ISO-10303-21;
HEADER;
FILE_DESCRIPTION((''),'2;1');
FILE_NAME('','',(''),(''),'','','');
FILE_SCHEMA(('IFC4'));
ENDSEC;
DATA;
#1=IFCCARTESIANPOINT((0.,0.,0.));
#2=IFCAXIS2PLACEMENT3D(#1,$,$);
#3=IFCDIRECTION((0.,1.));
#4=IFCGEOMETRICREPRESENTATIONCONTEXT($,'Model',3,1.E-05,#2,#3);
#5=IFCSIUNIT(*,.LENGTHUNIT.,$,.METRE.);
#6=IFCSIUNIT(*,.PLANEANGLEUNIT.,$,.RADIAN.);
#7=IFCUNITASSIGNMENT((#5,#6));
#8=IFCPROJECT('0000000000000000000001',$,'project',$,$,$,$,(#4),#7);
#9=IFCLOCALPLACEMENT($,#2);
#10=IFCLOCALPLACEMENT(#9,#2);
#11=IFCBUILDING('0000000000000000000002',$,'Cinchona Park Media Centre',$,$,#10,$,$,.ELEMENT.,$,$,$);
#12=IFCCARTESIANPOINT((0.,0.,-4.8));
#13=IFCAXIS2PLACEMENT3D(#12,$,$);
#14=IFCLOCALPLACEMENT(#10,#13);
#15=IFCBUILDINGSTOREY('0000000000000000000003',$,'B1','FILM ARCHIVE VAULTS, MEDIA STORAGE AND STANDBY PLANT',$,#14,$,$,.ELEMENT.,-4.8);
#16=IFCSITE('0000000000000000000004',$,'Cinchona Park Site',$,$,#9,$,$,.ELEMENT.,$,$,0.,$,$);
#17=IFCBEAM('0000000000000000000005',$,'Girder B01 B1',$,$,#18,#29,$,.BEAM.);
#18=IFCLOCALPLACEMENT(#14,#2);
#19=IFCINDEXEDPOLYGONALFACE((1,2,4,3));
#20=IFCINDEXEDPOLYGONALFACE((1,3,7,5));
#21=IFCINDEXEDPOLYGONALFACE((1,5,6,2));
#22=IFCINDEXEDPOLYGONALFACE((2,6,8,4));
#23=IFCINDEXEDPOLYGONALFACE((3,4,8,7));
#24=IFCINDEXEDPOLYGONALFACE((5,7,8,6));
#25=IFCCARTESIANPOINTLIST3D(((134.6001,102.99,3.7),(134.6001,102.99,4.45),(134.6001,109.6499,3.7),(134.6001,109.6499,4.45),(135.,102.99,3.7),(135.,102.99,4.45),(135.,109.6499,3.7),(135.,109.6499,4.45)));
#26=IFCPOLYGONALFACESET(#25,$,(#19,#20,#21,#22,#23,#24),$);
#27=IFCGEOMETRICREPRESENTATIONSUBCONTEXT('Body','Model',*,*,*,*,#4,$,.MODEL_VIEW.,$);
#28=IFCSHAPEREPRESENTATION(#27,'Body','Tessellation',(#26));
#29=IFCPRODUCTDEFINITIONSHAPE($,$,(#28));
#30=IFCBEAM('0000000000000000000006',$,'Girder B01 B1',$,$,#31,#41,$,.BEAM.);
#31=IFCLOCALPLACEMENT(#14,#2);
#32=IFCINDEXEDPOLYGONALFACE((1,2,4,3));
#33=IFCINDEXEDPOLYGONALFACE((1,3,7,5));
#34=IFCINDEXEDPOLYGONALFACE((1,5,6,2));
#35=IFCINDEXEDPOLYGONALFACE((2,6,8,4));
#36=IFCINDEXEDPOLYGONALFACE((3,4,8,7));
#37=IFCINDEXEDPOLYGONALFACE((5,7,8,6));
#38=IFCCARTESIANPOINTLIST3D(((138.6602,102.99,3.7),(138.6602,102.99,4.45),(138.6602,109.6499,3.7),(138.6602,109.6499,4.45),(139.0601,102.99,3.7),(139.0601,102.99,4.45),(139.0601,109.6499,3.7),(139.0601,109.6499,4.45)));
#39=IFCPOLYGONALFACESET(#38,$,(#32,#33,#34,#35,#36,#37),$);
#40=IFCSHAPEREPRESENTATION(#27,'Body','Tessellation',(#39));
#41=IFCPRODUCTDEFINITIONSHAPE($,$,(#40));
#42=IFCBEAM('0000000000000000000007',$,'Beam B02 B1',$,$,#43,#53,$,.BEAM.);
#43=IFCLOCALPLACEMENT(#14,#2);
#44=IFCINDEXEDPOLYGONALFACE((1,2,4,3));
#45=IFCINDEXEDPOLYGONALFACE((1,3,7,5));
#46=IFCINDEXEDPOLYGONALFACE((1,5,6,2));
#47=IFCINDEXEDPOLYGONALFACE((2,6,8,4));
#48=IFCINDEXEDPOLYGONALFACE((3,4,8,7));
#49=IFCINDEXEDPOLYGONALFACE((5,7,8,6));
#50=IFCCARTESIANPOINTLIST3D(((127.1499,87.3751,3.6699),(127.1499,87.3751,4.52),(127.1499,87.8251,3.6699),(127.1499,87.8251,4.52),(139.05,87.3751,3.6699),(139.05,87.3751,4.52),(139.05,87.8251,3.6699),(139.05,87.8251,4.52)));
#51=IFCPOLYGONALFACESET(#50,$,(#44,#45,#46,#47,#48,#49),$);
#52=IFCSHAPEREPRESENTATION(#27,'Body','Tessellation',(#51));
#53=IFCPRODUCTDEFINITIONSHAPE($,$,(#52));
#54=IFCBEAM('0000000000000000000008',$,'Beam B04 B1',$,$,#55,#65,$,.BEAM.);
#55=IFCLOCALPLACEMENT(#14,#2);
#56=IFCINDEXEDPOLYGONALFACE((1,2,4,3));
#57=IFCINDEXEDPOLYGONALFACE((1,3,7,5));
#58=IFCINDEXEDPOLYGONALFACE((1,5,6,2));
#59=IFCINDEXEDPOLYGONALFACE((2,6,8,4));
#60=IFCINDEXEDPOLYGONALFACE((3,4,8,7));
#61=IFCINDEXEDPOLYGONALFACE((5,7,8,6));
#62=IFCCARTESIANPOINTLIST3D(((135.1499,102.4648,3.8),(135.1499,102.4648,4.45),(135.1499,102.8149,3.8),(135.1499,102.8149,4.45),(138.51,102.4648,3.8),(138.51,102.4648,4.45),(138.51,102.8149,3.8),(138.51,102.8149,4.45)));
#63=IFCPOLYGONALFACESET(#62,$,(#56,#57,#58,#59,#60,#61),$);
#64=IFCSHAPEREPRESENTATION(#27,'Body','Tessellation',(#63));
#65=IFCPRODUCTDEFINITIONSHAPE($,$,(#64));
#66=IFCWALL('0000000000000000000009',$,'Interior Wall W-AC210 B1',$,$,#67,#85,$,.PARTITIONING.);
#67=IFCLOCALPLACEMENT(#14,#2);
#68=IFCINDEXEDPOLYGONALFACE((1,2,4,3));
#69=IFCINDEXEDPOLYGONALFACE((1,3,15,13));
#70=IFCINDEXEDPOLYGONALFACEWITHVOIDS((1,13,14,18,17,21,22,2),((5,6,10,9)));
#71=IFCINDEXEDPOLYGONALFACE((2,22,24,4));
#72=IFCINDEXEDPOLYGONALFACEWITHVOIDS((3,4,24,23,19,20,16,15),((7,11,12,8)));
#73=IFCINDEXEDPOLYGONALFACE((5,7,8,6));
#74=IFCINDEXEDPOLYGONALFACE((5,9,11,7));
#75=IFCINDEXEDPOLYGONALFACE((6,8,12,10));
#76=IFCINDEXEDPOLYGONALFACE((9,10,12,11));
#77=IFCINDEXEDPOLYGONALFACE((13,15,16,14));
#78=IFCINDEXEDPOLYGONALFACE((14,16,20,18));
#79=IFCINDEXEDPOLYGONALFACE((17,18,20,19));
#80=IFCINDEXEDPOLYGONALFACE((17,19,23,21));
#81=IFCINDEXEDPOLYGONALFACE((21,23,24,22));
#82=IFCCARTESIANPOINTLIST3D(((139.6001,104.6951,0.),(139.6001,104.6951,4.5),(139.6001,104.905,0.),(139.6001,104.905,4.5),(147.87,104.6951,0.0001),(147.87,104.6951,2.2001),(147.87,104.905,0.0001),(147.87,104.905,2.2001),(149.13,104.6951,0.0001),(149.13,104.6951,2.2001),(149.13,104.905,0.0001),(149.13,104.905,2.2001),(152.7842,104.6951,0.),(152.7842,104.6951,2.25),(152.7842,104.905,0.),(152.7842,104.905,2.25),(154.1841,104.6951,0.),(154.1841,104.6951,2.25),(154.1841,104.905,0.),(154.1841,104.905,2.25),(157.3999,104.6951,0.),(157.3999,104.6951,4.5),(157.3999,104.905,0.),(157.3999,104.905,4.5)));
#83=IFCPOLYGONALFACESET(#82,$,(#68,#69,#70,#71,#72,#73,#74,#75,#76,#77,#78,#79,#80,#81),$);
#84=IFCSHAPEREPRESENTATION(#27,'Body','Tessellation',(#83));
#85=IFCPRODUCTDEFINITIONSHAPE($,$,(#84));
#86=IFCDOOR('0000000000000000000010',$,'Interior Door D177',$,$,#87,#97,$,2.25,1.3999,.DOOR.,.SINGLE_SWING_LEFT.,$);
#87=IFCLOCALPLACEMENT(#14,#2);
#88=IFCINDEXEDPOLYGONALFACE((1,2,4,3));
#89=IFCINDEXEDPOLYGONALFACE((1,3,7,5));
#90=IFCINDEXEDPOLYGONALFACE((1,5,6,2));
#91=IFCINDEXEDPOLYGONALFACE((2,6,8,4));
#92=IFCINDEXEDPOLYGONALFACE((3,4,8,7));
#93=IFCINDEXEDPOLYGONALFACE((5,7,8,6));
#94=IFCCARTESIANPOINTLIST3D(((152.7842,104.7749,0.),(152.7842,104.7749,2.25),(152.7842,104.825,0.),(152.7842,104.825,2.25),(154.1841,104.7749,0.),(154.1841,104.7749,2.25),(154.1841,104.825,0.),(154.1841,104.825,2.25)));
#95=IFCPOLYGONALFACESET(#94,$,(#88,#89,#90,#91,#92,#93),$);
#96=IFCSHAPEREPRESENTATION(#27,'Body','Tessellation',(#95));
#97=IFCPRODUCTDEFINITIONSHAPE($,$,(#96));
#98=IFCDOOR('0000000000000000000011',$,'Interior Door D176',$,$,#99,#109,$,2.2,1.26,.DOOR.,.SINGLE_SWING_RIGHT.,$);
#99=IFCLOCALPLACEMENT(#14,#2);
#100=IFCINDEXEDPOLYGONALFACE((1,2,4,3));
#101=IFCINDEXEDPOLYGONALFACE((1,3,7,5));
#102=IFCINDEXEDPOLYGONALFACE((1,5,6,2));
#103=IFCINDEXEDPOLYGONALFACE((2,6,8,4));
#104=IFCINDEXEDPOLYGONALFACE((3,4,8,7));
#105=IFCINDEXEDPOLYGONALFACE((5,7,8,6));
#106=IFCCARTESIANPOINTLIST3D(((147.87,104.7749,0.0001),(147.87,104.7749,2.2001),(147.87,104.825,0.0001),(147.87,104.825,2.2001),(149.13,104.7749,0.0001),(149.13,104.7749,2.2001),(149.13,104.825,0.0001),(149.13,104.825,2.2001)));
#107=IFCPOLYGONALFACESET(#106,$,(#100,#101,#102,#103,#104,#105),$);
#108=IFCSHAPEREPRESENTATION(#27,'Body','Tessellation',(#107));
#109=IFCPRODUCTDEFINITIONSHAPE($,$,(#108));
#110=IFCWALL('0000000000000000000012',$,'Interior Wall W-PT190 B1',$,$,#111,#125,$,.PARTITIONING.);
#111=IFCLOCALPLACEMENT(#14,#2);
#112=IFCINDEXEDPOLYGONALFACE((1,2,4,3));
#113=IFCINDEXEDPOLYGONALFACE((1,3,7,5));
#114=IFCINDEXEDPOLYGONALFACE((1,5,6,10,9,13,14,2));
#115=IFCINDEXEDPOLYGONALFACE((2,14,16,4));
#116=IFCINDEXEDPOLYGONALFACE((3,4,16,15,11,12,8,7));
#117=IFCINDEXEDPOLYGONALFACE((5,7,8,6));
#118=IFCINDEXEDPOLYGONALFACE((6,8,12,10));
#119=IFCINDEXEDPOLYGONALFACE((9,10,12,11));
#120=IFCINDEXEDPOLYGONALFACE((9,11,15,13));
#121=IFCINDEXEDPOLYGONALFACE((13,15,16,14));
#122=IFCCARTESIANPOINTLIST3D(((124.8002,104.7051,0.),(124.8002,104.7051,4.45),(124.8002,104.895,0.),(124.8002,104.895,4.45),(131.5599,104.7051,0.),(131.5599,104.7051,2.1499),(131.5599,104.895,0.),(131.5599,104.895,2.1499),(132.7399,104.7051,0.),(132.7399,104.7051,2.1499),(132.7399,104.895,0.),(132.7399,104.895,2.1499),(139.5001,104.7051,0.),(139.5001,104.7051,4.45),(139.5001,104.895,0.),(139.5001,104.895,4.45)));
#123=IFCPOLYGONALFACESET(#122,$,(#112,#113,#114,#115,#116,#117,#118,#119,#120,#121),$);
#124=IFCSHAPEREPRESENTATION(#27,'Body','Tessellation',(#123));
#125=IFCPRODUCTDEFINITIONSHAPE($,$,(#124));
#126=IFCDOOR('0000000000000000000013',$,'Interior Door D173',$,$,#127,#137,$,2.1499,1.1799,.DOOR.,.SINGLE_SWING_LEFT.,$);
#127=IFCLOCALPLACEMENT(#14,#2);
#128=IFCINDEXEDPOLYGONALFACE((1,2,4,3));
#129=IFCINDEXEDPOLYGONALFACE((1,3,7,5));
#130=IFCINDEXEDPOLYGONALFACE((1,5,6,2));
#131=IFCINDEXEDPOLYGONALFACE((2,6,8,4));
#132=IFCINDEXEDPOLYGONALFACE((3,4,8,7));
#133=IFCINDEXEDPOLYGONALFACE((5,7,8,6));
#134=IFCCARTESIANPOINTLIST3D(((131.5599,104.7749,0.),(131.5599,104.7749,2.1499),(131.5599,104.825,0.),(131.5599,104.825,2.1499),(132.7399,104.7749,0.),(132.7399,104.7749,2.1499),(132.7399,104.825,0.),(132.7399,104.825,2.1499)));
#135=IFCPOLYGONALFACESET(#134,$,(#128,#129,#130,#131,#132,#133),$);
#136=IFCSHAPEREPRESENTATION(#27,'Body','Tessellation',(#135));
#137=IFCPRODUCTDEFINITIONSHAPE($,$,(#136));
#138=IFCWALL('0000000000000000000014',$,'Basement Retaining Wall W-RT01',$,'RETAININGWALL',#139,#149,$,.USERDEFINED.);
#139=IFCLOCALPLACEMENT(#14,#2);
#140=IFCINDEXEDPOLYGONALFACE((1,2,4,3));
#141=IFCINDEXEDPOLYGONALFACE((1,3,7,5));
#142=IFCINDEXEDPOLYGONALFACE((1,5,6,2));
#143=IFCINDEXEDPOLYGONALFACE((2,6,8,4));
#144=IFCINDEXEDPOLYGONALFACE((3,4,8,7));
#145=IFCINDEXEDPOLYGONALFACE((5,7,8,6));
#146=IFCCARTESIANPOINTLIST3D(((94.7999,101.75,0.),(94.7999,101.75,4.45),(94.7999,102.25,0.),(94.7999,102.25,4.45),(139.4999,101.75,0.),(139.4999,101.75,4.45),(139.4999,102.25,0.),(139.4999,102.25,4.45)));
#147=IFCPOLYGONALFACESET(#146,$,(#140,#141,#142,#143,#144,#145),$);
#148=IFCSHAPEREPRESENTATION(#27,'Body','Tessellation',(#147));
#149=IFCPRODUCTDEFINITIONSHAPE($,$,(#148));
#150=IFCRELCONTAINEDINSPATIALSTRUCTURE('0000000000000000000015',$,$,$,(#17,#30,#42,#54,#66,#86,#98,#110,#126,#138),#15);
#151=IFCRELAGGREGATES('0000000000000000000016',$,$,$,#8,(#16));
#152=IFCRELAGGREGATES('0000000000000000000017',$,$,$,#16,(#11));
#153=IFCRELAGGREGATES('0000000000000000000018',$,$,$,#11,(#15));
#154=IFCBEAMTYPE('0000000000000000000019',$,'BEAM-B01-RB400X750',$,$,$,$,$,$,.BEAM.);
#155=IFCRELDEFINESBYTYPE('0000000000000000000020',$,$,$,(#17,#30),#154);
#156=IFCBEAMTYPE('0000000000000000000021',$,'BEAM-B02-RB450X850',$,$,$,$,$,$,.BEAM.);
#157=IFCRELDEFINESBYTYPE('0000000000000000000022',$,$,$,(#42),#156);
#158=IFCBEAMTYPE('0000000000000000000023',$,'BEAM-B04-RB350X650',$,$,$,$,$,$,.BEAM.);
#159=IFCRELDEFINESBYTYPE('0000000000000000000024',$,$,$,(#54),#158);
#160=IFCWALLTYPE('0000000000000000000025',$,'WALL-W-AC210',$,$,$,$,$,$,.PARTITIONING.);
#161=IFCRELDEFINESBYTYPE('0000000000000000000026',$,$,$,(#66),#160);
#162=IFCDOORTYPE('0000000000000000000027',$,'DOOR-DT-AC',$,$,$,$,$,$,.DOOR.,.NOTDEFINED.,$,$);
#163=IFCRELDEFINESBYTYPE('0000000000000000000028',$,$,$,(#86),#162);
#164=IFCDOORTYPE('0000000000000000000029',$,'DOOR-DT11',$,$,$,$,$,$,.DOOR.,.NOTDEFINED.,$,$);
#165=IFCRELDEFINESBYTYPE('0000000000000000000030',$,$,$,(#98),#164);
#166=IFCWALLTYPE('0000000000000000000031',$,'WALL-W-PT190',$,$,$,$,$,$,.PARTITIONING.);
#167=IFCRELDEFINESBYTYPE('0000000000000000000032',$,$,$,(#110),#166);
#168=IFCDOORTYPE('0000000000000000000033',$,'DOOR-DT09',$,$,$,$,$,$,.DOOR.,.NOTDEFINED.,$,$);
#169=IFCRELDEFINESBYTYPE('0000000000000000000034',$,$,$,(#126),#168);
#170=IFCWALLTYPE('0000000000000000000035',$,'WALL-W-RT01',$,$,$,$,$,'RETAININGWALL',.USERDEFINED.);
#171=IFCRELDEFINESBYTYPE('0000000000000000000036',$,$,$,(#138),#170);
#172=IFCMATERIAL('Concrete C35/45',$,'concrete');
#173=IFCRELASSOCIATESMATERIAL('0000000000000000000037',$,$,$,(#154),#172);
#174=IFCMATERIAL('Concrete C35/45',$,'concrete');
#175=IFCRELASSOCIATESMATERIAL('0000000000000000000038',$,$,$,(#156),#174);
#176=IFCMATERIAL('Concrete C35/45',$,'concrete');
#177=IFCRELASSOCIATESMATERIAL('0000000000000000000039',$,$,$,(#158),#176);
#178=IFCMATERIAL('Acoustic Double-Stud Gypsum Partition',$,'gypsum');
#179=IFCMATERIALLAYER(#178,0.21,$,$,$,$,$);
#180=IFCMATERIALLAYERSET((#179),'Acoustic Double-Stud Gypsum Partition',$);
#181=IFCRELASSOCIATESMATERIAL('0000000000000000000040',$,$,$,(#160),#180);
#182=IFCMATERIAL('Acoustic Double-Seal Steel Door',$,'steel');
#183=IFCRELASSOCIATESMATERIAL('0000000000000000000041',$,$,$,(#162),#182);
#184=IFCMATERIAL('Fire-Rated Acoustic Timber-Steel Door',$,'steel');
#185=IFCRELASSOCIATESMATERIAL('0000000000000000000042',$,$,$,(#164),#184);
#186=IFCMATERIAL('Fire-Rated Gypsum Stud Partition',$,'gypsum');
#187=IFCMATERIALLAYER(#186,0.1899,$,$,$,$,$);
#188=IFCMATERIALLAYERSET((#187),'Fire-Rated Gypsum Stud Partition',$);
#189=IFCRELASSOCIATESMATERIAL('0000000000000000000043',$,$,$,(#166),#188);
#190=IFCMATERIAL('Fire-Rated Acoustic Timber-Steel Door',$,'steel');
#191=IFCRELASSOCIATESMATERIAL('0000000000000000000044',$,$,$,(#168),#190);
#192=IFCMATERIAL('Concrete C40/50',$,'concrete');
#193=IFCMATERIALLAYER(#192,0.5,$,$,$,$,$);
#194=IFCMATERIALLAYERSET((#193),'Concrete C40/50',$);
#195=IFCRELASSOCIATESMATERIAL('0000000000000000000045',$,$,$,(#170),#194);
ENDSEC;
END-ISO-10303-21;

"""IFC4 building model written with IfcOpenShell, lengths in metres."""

from ifc_helpers import new_model, si_unit, direction, frame, frame_2d, origin, origin_2d, place, context, subcontext, project, spatial, rectangle, extrude, material, layer, layer_set, material_profile, profile_set, type_object, element, fill, save


model = new_model("IFC4")

# Units and contexts
model_context = context("Model", 3, precision=1e-05, world=origin(), true_north=direction((0.0, 1.0)))
body_context = subcontext(model_context, "Body", "Model", "MODEL_VIEW")
ifc_project = project(units=[si_unit("LENGTHUNIT", "METRE"), si_unit("PLANEANGLEUNIT", "RADIAN")], contexts=[model_context])

# Site, building, storey
site_placement = place(None, origin())
site = spatial("IfcSite", under=ifc_project, at=site_placement, Name="Cinchona Park Site", CompositionType="ELEMENT", RefElevation=0.0)
building_placement = place(site_placement, origin())
building = spatial("IfcBuilding", under=site, at=building_placement, Name="Cinchona Park Media Centre", CompositionType="ELEMENT")
storey_placement = place(building_placement, frame((0.0, 0.0, -4.8)))
storey = spatial("IfcBuildingStorey", under=building, at=storey_placement, Name="B1", Description="FILM ARCHIVE VAULTS, MEDIA STORAGE AND STANDBY PLANT", CompositionType="ELEMENT", Elevation=-4.8)

# Beams
ifc_material_1 = material(Name="Concrete C35/45", Category="concrete")
ifc_material_profile_1 = material_profile(ifc_material_1, rectangle(XDim=0.3999, YDim=0.75, at=origin_2d()), Name="RB 400X750")
ifc_profile_set_1 = profile_set([ifc_material_profile_1], Name="Concrete C35/45")
beam_type_1 = type_object("IfcBeamType", Name="BEAM-B01-RB400X750", PredefinedType="BEAM", material=ifc_profile_set_1)
for number, where, z_axis, x_axis, name in (
    (1, (134.8, 102.99, 4.075), (0.0, 1.0, 0.0), (-1.0, 0.0, 0.0), "Girder B01 B1"),
    (2, (138.8601, 102.99, 4.075), (0.0, 1.0, 0.0), (-1.0, 0.0, 0.0), "Girder B01 B1"),
):
    element("IfcBeam", number, at=place(storey_placement, frame(where, z_axis=z_axis, x_axis=x_axis)), inside=storey, type_object=beam_type_1, Name=name, PredefinedType="BEAM", context=body_context, shape_type="SweptSolid", body=[
        extrude(rectangle(XDim=0.3999, YDim=0.75, at=origin_2d()), origin(), (0.0, 0.0, 1.0), 6.6599),
    ])
ifc_material_2 = material(Name="Concrete C35/45", Category="concrete")
ifc_material_profile_2 = material_profile(ifc_material_2, rectangle(XDim=0.45, YDim=0.8501, at=origin_2d()), Name="RB 450X850")
ifc_profile_set_2 = profile_set([ifc_material_profile_2], Name="Concrete C35/45")
beam_type_2 = type_object("IfcBeamType", Name="BEAM-B02-RB450X850", PredefinedType="BEAM", material=ifc_profile_set_2)
beam_1_placement = place(storey_placement, frame((127.1499, 87.6001, 4.095), z_axis=(1.0, 0.0, 0.0), x_axis=(0.0, 1.0, 0.0)))
element("IfcBeam", 3, at=beam_1_placement, inside=storey, type_object=beam_type_2, Name="Beam B02 B1", PredefinedType="BEAM", context=body_context, shape_type="SweptSolid", body=[
    extrude(rectangle(XDim=0.45, YDim=0.8501, at=origin_2d()), origin(), (0.0, 0.0, 1.0), 11.9001),
])
ifc_material_3 = material(Name="Concrete C35/45", Category="concrete")
ifc_material_profile_3 = material_profile(ifc_material_3, rectangle(XDim=0.3501, YDim=0.6499, at=origin_2d()), Name="RB 350X650")
ifc_profile_set_3 = profile_set([ifc_material_profile_3], Name="Concrete C35/45")
beam_type_3 = type_object("IfcBeamType", Name="BEAM-B04-RB350X650", PredefinedType="BEAM", material=ifc_profile_set_3)
beam_2_placement = place(storey_placement, frame((135.1499, 102.6399, 4.125), z_axis=(1.0, 0.0, 0.0), x_axis=(0.0, 1.0, 0.0)))
element("IfcBeam", 4, at=beam_2_placement, inside=storey, type_object=beam_type_3, Name="Beam B04 B1", PredefinedType="BEAM", context=body_context, shape_type="SweptSolid", body=[
    extrude(rectangle(XDim=0.3501, YDim=0.6499, at=origin_2d()), origin(), (0.0, 0.0, 1.0), 3.3601),
])

# Wall, openings, doors
ifc_material_4 = material(Name="Acoustic Double-Stud Gypsum Partition", Category="gypsum")
ifc_layer_1 = layer(ifc_material_4, 0.21)
ifc_layer_set_1 = layer_set([ifc_layer_1], Name="Acoustic Double-Stud Gypsum Partition")
wall_type_1 = type_object("IfcWallType", Name="WALL-W-AC210", PredefinedType="PARTITIONING", material=ifc_layer_set_1)
wall_1_placement = place(storey_placement, frame((139.6001, 104.8, 0.0), z_axis=(0.0, 0.0, 1.0), x_axis=(1.0, 0.0, 0.0)))
wall_1 = element("IfcWall", 5, at=wall_1_placement, inside=storey, type_object=wall_type_1, Name="Interior Wall W-AC210 B1", PredefinedType="PARTITIONING", context=body_context, shape_type="SweptSolid", body=[
    extrude(rectangle(XDim=17.7998, YDim=0.21, at=frame_2d((8.8999, 0.0))), origin(), (0.0, 0.0, 1.0), 4.5),
])
opening_1_placement = place(wall_1_placement, frame((8.27, 0.0, 0.0)))
opening_1 = element("IfcOpeningElement", 6, at=opening_1_placement, cuts=wall_1, PredefinedType="OPENING", context=body_context, shape_type="SweptSolid", body=[
    extrude(rectangle(XDim=1.26, YDim=2.2, at=frame_2d((0.6299, 1.1001))), frame((0.0, 0.115, 0.0), z_axis=(0.0, -1.0, 0.0), x_axis=(1.0, 0.0, 0.0)), (0.0, 0.0, 1.0), 0.23),
])
opening_2_placement = place(wall_1_placement, frame((13.1841, 0.0, 0.0)))
opening_2 = element("IfcOpeningElement", 7, at=opening_2_placement, cuts=wall_1, PredefinedType="OPENING", context=body_context, shape_type="SweptSolid", body=[
    extrude(rectangle(XDim=1.3999, YDim=2.25, at=frame_2d((0.7, 1.125))), frame((0.0, 0.115, 0.0), z_axis=(0.0, -1.0, 0.0), x_axis=(1.0, 0.0, 0.0)), (0.0, 0.0, 1.0), 0.23),
])
ifc_material_5 = material(Name="Acoustic Double-Seal Steel Door", Category="steel")
door_type_1 = type_object("IfcDoorType", Name="DOOR-DT-AC", OperationType="NOTDEFINED", PredefinedType="DOOR", material=ifc_material_5)
door_1_placement = place(opening_2_placement, origin())
door_1 = element("IfcDoor", 8, at=door_1_placement, inside=storey, type_object=door_type_1, Name="Interior Door D177", OperationType="SINGLE_SWING_LEFT", OverallHeight=2.25, OverallWidth=1.3999, PredefinedType="DOOR", context=body_context, shape_type="SweptSolid", body=[
    extrude(rectangle(XDim=1.3999, YDim=2.25, at=frame_2d((0.7, 1.125))), frame((0.0, 0.0249, 0.0), z_axis=(0.0, -1.0, 0.0), x_axis=(1.0, 0.0, 0.0)), (0.0, 0.0, 1.0), 0.05),
])
fill(opening_2, door_1)
ifc_material_6 = material(Name="Fire-Rated Acoustic Timber-Steel Door", Category="steel")
door_type_2 = type_object("IfcDoorType", Name="DOOR-DT11", OperationType="NOTDEFINED", PredefinedType="DOOR", material=ifc_material_6)
door_2_placement = place(opening_1_placement, origin())
door_2 = element("IfcDoor", 9, at=door_2_placement, inside=storey, type_object=door_type_2, Name="Interior Door D176", OperationType="SINGLE_SWING_RIGHT", OverallHeight=2.2, OverallWidth=1.26, PredefinedType="DOOR", context=body_context, shape_type="SweptSolid", body=[
    extrude(rectangle(XDim=1.26, YDim=2.2, at=frame_2d((0.6299, 1.1001))), frame((0.0, 0.0249, 0.0), z_axis=(0.0, -1.0, 0.0), x_axis=(1.0, 0.0, 0.0)), (0.0, 0.0, 1.0), 0.05),
])
fill(opening_1, door_2)

# Wall, opening, door
ifc_material_7 = material(Name="Fire-Rated Gypsum Stud Partition", Category="gypsum")
ifc_layer_2 = layer(ifc_material_7, 0.1899)
ifc_layer_set_2 = layer_set([ifc_layer_2], Name="Fire-Rated Gypsum Stud Partition")
wall_type_2 = type_object("IfcWallType", Name="WALL-W-PT190", PredefinedType="PARTITIONING", material=ifc_layer_set_2)
wall_2_placement = place(storey_placement, frame((124.8, 104.8, 0.0), z_axis=(0.0, 0.0, 1.0), x_axis=(1.0, 0.0, 0.0)))
wall_2 = element("IfcWall", 10, at=wall_2_placement, inside=storey, type_object=wall_type_2, Name="Interior Wall W-PT190 B1", PredefinedType="PARTITIONING", context=body_context, shape_type="SweptSolid", body=[
    extrude(rectangle(XDim=14.7, YDim=0.1899, at=frame_2d((7.3501, 0.0))), origin(), (0.0, 0.0, 1.0), 4.45),
])
opening_3_placement = place(wall_2_placement, frame((6.76, 0.0, 0.0)))
opening_3 = element("IfcOpeningElement", 11, at=opening_3_placement, cuts=wall_2, PredefinedType="OPENING", context=body_context, shape_type="SweptSolid", body=[
    extrude(rectangle(XDim=1.1799, YDim=2.1499, at=frame_2d((0.5898, 1.075))), frame((0.0, 0.105, 0.0), z_axis=(0.0, -1.0, 0.0), x_axis=(1.0, 0.0, 0.0)), (0.0, 0.0, 1.0), 0.21),
])
ifc_material_8 = material(Name="Fire-Rated Acoustic Timber-Steel Door", Category="steel")
door_type_3 = type_object("IfcDoorType", Name="DOOR-DT09", OperationType="NOTDEFINED", PredefinedType="DOOR", material=ifc_material_8)
door_3_placement = place(opening_3_placement, origin())
door_3 = element("IfcDoor", 12, at=door_3_placement, inside=storey, type_object=door_type_3, Name="Interior Door D173", OperationType="SINGLE_SWING_LEFT", OverallHeight=2.1499, OverallWidth=1.1799, PredefinedType="DOOR", context=body_context, shape_type="SweptSolid", body=[
    extrude(rectangle(XDim=1.1799, YDim=2.1499, at=frame_2d((0.5898, 1.075))), frame((0.0, 0.0249, 0.0), z_axis=(0.0, -1.0, 0.0), x_axis=(1.0, 0.0, 0.0)), (0.0, 0.0, 1.0), 0.05),
])
fill(opening_3, door_3)

# Wall
ifc_material_9 = material(Name="Concrete C40/50", Category="concrete")
ifc_layer_3 = layer(ifc_material_9, 0.5)
ifc_layer_set_3 = layer_set([ifc_layer_3], Name="Concrete C40/50")
wall_type_3 = type_object("IfcWallType", Name="WALL-W-RT01", ElementType="RETAININGWALL", PredefinedType="USERDEFINED", material=ifc_layer_set_3)
wall_3_placement = place(storey_placement, frame((139.5, 102.0, 0.0), z_axis=(0.0, 0.0, 1.0), x_axis=(-1.0, 0.0, 0.0)))
element("IfcWall", 13, at=wall_3_placement, inside=storey, type_object=wall_type_3, Name="Basement Retaining Wall W-RT01", ObjectType="RETAININGWALL", PredefinedType="USERDEFINED", context=body_context, shape_type="SweptSolid", body=[
    extrude(rectangle(XDim=44.7, YDim=0.5, at=frame_2d((22.3501, 0.0))), origin(), (0.0, 0.0, 1.0), 4.45),
])

save(model, "model.ifc")
